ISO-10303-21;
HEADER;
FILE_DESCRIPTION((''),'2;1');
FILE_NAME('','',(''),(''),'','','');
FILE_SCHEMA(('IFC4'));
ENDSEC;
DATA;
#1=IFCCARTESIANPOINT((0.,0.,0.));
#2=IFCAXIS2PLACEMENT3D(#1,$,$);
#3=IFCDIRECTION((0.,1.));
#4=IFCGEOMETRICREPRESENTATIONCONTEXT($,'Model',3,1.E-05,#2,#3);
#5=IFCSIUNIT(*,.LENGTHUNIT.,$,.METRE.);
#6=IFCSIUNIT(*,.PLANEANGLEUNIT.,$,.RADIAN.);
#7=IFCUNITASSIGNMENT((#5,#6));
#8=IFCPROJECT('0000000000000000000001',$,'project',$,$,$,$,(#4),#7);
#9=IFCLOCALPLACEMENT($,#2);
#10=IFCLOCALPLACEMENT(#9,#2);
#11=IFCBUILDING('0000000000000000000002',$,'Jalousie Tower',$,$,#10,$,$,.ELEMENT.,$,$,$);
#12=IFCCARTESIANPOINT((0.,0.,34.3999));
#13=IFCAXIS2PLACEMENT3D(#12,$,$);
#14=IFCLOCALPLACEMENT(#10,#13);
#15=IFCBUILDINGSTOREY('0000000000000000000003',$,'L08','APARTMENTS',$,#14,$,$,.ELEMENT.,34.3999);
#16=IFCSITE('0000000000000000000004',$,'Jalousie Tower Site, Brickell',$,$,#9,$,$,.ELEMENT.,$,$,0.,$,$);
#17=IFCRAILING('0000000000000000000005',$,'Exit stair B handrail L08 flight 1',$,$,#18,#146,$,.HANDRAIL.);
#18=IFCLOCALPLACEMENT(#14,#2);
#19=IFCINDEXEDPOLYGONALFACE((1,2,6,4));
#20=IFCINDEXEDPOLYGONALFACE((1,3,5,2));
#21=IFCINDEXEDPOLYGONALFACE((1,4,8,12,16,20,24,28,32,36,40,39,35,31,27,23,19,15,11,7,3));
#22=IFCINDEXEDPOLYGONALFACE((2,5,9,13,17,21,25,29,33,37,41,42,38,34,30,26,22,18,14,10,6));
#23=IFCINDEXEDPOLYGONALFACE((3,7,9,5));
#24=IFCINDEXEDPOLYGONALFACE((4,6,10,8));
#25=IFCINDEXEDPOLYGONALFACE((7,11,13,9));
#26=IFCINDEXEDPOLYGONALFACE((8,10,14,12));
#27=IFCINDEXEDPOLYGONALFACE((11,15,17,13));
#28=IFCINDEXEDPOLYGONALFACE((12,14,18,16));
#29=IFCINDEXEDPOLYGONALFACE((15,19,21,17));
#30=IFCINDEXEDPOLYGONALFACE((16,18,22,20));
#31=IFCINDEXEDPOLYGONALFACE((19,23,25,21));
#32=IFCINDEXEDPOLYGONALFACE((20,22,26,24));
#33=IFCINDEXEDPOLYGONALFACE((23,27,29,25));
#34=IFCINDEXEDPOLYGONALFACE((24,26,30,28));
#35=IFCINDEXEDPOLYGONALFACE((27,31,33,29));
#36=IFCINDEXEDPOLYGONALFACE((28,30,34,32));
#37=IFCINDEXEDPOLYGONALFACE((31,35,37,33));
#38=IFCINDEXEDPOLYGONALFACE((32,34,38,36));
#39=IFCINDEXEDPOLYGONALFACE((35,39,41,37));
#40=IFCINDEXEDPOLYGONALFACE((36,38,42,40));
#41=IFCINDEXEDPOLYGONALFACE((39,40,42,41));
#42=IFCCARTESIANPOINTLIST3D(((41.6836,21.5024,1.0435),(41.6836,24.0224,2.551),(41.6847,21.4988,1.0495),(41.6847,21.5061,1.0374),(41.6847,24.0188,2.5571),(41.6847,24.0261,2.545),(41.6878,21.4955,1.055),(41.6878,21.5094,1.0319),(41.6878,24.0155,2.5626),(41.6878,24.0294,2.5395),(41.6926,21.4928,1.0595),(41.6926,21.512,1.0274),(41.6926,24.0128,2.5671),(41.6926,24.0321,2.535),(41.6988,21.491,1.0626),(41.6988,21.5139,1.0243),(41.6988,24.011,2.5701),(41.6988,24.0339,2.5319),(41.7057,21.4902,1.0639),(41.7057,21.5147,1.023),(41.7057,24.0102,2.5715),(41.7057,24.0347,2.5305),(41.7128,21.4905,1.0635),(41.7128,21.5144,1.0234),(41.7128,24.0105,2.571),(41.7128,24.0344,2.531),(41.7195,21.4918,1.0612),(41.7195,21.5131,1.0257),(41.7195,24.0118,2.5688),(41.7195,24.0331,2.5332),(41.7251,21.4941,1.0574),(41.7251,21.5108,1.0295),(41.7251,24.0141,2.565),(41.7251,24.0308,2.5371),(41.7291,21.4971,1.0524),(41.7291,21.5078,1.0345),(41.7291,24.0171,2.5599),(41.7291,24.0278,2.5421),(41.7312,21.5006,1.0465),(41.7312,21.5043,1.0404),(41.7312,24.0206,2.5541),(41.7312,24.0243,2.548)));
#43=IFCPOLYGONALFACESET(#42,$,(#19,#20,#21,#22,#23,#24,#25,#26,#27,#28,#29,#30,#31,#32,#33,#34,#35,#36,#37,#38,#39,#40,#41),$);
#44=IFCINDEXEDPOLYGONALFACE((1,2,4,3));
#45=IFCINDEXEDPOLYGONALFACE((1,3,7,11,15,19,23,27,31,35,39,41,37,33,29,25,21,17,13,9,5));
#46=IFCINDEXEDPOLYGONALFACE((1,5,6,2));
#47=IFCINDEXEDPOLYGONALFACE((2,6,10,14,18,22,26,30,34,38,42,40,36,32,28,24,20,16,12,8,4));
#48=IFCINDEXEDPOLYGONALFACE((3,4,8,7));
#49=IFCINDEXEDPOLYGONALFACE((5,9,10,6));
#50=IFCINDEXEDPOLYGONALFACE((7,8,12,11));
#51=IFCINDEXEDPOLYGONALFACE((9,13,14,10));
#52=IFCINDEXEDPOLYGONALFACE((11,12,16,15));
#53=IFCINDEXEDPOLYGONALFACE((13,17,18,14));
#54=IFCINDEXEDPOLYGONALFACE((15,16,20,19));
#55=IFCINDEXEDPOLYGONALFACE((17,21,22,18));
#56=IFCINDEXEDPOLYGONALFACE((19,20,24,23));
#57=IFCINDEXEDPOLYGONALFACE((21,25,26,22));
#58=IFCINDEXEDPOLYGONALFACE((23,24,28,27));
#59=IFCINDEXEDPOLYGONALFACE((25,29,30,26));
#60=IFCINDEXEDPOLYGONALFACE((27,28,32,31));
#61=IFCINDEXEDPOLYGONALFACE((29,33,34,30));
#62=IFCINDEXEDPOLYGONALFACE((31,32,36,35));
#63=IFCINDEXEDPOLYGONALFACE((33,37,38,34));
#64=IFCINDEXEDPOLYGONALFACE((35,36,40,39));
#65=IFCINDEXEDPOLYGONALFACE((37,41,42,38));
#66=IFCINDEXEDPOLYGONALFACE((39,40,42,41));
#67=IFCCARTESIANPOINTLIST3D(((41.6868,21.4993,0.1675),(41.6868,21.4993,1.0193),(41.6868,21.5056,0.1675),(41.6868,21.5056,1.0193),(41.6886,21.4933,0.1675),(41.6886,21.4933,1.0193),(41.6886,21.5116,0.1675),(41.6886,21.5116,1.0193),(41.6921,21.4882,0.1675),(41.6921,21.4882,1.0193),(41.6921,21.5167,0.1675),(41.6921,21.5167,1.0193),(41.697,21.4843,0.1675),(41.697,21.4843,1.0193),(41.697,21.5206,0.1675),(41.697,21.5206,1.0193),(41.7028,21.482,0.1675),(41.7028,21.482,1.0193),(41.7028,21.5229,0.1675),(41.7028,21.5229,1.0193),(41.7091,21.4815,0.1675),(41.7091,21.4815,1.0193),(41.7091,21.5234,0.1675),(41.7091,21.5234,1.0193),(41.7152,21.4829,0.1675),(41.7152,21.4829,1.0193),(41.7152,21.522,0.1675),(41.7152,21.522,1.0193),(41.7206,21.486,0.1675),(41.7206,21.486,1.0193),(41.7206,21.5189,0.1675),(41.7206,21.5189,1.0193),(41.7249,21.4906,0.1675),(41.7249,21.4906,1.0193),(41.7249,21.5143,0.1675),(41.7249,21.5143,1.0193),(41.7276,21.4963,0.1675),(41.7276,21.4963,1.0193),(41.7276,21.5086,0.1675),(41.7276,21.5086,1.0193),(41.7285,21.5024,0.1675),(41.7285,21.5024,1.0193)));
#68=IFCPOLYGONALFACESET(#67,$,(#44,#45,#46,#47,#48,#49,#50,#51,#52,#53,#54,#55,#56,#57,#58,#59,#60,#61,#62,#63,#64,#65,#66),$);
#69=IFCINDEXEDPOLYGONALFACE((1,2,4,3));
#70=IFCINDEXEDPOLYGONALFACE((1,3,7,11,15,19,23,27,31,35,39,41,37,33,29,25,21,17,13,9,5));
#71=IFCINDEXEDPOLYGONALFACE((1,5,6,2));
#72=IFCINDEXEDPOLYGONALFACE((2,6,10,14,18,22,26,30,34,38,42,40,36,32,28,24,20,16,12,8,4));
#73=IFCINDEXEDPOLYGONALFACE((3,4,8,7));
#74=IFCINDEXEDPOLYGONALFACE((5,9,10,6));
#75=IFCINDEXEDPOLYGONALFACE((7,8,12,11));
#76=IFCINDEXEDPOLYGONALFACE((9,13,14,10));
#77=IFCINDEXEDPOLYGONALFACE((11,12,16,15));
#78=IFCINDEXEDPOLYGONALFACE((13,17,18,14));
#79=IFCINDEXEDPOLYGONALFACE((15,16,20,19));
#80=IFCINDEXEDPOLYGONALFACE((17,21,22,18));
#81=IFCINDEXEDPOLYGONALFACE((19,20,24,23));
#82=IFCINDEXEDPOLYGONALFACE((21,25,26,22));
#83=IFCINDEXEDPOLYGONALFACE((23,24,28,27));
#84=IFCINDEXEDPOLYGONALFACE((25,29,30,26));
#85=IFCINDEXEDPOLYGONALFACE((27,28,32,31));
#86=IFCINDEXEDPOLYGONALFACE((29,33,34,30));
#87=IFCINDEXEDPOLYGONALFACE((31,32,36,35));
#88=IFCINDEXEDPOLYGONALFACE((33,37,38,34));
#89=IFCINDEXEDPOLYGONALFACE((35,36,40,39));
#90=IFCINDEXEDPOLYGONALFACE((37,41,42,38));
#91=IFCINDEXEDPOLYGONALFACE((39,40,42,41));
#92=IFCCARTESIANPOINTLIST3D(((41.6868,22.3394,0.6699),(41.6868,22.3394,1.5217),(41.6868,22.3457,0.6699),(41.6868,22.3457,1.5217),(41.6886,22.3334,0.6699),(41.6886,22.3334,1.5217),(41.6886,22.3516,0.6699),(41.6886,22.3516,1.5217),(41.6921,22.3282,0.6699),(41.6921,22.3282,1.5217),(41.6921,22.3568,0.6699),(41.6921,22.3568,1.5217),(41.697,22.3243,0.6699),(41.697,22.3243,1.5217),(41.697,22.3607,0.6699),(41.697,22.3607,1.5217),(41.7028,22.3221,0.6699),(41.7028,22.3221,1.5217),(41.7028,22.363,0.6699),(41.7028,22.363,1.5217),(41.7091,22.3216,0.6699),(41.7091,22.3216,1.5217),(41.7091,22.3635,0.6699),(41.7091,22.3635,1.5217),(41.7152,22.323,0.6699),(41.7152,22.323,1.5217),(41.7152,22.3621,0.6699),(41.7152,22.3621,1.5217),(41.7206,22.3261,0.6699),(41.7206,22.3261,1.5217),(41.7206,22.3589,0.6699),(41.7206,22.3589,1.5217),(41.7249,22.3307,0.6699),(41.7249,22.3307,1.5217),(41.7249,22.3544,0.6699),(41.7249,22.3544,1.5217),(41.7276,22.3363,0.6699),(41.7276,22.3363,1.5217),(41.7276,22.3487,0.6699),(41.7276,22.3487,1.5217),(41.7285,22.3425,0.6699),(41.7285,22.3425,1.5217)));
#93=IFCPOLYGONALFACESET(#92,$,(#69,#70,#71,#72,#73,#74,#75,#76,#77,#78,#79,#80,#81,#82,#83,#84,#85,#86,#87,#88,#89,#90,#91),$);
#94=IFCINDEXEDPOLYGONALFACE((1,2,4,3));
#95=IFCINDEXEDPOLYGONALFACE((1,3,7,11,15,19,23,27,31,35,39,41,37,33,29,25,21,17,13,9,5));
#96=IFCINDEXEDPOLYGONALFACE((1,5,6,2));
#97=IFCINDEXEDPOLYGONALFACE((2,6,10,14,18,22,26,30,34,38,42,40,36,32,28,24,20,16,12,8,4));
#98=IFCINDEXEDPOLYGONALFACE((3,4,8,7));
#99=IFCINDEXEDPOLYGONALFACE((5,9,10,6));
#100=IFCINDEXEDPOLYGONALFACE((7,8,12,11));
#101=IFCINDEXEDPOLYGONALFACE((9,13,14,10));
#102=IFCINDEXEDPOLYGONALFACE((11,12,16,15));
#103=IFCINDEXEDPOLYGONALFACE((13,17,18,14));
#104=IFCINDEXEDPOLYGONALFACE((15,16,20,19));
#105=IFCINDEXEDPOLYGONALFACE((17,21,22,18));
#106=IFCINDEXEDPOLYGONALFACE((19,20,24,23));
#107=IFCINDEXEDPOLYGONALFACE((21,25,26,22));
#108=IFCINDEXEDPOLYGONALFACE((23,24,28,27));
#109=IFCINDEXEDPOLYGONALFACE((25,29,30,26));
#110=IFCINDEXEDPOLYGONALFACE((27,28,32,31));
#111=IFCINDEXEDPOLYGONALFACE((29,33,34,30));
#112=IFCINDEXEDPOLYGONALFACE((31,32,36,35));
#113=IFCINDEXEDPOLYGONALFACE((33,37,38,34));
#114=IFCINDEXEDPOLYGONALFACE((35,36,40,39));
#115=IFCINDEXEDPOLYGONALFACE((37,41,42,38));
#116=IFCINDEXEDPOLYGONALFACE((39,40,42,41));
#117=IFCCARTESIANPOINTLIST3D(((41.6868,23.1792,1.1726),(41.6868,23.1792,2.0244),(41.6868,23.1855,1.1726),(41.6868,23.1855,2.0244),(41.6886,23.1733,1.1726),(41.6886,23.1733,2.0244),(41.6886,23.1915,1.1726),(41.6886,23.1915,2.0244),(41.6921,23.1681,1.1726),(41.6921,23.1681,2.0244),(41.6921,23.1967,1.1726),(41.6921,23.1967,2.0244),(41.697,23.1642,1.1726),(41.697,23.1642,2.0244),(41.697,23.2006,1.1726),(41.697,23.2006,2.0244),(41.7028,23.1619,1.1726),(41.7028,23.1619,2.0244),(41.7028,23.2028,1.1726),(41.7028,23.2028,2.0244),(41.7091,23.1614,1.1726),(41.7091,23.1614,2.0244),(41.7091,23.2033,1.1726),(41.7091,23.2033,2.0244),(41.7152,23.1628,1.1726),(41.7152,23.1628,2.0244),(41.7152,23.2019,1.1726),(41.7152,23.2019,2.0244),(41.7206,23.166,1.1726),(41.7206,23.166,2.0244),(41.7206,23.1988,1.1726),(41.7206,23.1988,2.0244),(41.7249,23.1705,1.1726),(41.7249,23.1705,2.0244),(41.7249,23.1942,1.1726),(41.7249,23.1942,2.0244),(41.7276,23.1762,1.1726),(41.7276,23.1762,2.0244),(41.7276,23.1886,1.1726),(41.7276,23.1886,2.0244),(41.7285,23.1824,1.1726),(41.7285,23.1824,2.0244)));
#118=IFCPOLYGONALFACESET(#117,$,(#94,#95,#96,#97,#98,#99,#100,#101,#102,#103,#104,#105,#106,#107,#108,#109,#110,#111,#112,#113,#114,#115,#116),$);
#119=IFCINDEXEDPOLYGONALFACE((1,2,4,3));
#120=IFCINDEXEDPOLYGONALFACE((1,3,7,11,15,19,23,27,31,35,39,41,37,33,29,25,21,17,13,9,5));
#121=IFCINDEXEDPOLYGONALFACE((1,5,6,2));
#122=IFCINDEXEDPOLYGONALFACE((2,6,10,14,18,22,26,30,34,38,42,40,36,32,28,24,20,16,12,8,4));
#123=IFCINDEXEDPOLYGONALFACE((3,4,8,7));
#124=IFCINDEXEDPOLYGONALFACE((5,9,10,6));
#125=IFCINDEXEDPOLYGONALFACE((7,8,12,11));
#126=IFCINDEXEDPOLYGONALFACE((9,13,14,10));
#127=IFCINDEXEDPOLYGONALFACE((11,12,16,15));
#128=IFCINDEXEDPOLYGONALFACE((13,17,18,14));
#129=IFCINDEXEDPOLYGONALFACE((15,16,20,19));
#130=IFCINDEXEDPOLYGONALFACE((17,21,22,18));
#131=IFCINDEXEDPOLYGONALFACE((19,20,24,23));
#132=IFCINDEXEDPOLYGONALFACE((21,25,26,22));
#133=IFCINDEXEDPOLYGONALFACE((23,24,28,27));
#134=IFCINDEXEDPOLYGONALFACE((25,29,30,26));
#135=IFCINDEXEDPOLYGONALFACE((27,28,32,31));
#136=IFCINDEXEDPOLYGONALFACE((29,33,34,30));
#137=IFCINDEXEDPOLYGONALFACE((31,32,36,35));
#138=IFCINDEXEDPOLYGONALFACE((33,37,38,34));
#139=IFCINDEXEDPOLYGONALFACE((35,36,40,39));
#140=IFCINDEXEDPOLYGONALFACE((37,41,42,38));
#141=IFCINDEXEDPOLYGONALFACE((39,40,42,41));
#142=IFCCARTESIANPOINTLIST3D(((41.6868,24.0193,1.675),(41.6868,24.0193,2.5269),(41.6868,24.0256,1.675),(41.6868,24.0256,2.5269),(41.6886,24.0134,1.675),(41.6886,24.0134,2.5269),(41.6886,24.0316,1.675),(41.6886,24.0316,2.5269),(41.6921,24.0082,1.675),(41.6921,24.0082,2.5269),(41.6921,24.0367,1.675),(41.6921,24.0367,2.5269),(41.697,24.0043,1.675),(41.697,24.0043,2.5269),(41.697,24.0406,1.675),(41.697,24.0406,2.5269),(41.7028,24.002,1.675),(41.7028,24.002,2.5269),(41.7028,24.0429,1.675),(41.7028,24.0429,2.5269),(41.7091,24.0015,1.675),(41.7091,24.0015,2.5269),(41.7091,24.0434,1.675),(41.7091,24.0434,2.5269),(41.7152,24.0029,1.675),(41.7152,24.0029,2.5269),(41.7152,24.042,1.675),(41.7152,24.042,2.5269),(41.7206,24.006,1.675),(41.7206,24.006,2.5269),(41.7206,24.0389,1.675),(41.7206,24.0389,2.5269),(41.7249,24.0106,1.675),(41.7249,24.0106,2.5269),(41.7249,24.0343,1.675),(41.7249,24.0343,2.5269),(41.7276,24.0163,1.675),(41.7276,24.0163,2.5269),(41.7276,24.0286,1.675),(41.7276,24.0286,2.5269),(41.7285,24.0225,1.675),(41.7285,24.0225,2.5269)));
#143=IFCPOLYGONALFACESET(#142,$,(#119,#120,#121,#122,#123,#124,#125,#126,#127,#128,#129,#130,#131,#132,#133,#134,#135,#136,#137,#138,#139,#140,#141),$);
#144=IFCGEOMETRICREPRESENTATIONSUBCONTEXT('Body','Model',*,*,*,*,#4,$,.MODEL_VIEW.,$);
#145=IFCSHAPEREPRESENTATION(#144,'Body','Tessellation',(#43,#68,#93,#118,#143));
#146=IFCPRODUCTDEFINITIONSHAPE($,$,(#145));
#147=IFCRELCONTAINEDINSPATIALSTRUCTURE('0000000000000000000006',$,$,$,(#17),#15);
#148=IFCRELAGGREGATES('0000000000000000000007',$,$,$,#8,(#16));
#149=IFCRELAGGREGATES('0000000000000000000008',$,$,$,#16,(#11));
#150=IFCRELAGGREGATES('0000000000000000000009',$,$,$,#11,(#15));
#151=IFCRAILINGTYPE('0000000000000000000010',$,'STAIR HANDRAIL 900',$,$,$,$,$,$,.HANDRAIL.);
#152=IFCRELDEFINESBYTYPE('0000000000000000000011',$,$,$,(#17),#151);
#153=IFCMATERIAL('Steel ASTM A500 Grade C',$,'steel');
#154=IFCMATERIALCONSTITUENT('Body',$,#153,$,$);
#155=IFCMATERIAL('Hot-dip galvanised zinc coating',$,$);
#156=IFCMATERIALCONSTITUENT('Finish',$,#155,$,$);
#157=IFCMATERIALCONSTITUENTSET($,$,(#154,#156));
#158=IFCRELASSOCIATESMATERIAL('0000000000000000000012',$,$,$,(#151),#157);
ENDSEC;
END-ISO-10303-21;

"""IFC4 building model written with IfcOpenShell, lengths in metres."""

from ifc_helpers import new_model, si_unit, direction, frame, origin, origin_2d, place, context, subcontext, project, spatial, circle, extrude, material, constituent, constituent_set, type_object, element, save


model = new_model("IFC4")

# Units and contexts
model_context = context("Model", 3, precision=1e-05, world=origin(), true_north=direction((0.0, 1.0)))
body_context = subcontext(model_context, "Body", "Model", "MODEL_VIEW")
ifc_project = project(units=[si_unit("LENGTHUNIT", "METRE"), si_unit("PLANEANGLEUNIT", "RADIAN")], contexts=[model_context])

# Site, building, storey
site_placement = place(None, origin())
site = spatial("IfcSite", under=ifc_project, at=site_placement, Name="Jalousie Tower Site, Brickell", CompositionType="ELEMENT", RefElevation=0.0)
building_placement = place(site_placement, origin())
building = spatial("IfcBuilding", under=site, at=building_placement, Name="Jalousie Tower", CompositionType="ELEMENT")
storey_placement = place(building_placement, frame((0.0, 0.0, 34.3999)))
storey = spatial("IfcBuildingStorey", under=building, at=storey_placement, Name="L08", Description="APARTMENTS", CompositionType="ELEMENT", Elevation=34.3999)

# Railing
ifc_material_1 = material(Name="Steel ASTM A500 Grade C", Category="steel")
ifc_constituent_1 = constituent(ifc_material_1, Name="Body")
ifc_material_2 = material(Name="Hot-dip galvanised zinc coating")
ifc_constituent_2 = constituent(ifc_material_2, Name="Finish")
ifc_constituent_set_1 = constituent_set(constituents=[ifc_constituent_1, ifc_constituent_2])
railing_type_1 = type_object("IfcRailingType", Name="STAIR HANDRAIL 900", PredefinedType="HANDRAIL", material=ifc_constituent_set_1)
railing_1_placement = place(storey_placement, frame((41.7075, 21.5024, 0.1675)))
element("IfcRailing", 1, at=railing_1_placement, inside=storey, type_object=railing_type_1, Name="Exit stair B handrail L08 flight 1", PredefinedType="HANDRAIL", context=body_context, shape_type="SweptSolid", body=[
    extrude(circle(Radius=0.0239, at=origin_2d()), frame((0.0, 0.0, 0.876), z_axis=(0.0, 0.85816, 0.513383), x_axis=(-1.0, 0.0, 0.0)), (0.0, 0.0, 1.0), 2.9365),
    extrude(circle(Radius=0.021, at=origin_2d()), origin(), (0.0, 0.0, 1.0), 0.8518),
    extrude(circle(Radius=0.021, at=origin_2d()), frame((0.0, 0.8401, 0.5024)), (0.0, 0.0, 1.0), 0.8518),
    extrude(circle(Radius=0.021, at=origin_2d()), frame((0.0, 1.6799, 1.0051)), (0.0, 0.0, 1.0), 0.8518),
    extrude(circle(Radius=0.021, at=origin_2d()), frame((0.0, 2.52, 1.5076)), (0.0, 0.0, 1.0), 0.8518),
])

save(model, "model.ifc")
